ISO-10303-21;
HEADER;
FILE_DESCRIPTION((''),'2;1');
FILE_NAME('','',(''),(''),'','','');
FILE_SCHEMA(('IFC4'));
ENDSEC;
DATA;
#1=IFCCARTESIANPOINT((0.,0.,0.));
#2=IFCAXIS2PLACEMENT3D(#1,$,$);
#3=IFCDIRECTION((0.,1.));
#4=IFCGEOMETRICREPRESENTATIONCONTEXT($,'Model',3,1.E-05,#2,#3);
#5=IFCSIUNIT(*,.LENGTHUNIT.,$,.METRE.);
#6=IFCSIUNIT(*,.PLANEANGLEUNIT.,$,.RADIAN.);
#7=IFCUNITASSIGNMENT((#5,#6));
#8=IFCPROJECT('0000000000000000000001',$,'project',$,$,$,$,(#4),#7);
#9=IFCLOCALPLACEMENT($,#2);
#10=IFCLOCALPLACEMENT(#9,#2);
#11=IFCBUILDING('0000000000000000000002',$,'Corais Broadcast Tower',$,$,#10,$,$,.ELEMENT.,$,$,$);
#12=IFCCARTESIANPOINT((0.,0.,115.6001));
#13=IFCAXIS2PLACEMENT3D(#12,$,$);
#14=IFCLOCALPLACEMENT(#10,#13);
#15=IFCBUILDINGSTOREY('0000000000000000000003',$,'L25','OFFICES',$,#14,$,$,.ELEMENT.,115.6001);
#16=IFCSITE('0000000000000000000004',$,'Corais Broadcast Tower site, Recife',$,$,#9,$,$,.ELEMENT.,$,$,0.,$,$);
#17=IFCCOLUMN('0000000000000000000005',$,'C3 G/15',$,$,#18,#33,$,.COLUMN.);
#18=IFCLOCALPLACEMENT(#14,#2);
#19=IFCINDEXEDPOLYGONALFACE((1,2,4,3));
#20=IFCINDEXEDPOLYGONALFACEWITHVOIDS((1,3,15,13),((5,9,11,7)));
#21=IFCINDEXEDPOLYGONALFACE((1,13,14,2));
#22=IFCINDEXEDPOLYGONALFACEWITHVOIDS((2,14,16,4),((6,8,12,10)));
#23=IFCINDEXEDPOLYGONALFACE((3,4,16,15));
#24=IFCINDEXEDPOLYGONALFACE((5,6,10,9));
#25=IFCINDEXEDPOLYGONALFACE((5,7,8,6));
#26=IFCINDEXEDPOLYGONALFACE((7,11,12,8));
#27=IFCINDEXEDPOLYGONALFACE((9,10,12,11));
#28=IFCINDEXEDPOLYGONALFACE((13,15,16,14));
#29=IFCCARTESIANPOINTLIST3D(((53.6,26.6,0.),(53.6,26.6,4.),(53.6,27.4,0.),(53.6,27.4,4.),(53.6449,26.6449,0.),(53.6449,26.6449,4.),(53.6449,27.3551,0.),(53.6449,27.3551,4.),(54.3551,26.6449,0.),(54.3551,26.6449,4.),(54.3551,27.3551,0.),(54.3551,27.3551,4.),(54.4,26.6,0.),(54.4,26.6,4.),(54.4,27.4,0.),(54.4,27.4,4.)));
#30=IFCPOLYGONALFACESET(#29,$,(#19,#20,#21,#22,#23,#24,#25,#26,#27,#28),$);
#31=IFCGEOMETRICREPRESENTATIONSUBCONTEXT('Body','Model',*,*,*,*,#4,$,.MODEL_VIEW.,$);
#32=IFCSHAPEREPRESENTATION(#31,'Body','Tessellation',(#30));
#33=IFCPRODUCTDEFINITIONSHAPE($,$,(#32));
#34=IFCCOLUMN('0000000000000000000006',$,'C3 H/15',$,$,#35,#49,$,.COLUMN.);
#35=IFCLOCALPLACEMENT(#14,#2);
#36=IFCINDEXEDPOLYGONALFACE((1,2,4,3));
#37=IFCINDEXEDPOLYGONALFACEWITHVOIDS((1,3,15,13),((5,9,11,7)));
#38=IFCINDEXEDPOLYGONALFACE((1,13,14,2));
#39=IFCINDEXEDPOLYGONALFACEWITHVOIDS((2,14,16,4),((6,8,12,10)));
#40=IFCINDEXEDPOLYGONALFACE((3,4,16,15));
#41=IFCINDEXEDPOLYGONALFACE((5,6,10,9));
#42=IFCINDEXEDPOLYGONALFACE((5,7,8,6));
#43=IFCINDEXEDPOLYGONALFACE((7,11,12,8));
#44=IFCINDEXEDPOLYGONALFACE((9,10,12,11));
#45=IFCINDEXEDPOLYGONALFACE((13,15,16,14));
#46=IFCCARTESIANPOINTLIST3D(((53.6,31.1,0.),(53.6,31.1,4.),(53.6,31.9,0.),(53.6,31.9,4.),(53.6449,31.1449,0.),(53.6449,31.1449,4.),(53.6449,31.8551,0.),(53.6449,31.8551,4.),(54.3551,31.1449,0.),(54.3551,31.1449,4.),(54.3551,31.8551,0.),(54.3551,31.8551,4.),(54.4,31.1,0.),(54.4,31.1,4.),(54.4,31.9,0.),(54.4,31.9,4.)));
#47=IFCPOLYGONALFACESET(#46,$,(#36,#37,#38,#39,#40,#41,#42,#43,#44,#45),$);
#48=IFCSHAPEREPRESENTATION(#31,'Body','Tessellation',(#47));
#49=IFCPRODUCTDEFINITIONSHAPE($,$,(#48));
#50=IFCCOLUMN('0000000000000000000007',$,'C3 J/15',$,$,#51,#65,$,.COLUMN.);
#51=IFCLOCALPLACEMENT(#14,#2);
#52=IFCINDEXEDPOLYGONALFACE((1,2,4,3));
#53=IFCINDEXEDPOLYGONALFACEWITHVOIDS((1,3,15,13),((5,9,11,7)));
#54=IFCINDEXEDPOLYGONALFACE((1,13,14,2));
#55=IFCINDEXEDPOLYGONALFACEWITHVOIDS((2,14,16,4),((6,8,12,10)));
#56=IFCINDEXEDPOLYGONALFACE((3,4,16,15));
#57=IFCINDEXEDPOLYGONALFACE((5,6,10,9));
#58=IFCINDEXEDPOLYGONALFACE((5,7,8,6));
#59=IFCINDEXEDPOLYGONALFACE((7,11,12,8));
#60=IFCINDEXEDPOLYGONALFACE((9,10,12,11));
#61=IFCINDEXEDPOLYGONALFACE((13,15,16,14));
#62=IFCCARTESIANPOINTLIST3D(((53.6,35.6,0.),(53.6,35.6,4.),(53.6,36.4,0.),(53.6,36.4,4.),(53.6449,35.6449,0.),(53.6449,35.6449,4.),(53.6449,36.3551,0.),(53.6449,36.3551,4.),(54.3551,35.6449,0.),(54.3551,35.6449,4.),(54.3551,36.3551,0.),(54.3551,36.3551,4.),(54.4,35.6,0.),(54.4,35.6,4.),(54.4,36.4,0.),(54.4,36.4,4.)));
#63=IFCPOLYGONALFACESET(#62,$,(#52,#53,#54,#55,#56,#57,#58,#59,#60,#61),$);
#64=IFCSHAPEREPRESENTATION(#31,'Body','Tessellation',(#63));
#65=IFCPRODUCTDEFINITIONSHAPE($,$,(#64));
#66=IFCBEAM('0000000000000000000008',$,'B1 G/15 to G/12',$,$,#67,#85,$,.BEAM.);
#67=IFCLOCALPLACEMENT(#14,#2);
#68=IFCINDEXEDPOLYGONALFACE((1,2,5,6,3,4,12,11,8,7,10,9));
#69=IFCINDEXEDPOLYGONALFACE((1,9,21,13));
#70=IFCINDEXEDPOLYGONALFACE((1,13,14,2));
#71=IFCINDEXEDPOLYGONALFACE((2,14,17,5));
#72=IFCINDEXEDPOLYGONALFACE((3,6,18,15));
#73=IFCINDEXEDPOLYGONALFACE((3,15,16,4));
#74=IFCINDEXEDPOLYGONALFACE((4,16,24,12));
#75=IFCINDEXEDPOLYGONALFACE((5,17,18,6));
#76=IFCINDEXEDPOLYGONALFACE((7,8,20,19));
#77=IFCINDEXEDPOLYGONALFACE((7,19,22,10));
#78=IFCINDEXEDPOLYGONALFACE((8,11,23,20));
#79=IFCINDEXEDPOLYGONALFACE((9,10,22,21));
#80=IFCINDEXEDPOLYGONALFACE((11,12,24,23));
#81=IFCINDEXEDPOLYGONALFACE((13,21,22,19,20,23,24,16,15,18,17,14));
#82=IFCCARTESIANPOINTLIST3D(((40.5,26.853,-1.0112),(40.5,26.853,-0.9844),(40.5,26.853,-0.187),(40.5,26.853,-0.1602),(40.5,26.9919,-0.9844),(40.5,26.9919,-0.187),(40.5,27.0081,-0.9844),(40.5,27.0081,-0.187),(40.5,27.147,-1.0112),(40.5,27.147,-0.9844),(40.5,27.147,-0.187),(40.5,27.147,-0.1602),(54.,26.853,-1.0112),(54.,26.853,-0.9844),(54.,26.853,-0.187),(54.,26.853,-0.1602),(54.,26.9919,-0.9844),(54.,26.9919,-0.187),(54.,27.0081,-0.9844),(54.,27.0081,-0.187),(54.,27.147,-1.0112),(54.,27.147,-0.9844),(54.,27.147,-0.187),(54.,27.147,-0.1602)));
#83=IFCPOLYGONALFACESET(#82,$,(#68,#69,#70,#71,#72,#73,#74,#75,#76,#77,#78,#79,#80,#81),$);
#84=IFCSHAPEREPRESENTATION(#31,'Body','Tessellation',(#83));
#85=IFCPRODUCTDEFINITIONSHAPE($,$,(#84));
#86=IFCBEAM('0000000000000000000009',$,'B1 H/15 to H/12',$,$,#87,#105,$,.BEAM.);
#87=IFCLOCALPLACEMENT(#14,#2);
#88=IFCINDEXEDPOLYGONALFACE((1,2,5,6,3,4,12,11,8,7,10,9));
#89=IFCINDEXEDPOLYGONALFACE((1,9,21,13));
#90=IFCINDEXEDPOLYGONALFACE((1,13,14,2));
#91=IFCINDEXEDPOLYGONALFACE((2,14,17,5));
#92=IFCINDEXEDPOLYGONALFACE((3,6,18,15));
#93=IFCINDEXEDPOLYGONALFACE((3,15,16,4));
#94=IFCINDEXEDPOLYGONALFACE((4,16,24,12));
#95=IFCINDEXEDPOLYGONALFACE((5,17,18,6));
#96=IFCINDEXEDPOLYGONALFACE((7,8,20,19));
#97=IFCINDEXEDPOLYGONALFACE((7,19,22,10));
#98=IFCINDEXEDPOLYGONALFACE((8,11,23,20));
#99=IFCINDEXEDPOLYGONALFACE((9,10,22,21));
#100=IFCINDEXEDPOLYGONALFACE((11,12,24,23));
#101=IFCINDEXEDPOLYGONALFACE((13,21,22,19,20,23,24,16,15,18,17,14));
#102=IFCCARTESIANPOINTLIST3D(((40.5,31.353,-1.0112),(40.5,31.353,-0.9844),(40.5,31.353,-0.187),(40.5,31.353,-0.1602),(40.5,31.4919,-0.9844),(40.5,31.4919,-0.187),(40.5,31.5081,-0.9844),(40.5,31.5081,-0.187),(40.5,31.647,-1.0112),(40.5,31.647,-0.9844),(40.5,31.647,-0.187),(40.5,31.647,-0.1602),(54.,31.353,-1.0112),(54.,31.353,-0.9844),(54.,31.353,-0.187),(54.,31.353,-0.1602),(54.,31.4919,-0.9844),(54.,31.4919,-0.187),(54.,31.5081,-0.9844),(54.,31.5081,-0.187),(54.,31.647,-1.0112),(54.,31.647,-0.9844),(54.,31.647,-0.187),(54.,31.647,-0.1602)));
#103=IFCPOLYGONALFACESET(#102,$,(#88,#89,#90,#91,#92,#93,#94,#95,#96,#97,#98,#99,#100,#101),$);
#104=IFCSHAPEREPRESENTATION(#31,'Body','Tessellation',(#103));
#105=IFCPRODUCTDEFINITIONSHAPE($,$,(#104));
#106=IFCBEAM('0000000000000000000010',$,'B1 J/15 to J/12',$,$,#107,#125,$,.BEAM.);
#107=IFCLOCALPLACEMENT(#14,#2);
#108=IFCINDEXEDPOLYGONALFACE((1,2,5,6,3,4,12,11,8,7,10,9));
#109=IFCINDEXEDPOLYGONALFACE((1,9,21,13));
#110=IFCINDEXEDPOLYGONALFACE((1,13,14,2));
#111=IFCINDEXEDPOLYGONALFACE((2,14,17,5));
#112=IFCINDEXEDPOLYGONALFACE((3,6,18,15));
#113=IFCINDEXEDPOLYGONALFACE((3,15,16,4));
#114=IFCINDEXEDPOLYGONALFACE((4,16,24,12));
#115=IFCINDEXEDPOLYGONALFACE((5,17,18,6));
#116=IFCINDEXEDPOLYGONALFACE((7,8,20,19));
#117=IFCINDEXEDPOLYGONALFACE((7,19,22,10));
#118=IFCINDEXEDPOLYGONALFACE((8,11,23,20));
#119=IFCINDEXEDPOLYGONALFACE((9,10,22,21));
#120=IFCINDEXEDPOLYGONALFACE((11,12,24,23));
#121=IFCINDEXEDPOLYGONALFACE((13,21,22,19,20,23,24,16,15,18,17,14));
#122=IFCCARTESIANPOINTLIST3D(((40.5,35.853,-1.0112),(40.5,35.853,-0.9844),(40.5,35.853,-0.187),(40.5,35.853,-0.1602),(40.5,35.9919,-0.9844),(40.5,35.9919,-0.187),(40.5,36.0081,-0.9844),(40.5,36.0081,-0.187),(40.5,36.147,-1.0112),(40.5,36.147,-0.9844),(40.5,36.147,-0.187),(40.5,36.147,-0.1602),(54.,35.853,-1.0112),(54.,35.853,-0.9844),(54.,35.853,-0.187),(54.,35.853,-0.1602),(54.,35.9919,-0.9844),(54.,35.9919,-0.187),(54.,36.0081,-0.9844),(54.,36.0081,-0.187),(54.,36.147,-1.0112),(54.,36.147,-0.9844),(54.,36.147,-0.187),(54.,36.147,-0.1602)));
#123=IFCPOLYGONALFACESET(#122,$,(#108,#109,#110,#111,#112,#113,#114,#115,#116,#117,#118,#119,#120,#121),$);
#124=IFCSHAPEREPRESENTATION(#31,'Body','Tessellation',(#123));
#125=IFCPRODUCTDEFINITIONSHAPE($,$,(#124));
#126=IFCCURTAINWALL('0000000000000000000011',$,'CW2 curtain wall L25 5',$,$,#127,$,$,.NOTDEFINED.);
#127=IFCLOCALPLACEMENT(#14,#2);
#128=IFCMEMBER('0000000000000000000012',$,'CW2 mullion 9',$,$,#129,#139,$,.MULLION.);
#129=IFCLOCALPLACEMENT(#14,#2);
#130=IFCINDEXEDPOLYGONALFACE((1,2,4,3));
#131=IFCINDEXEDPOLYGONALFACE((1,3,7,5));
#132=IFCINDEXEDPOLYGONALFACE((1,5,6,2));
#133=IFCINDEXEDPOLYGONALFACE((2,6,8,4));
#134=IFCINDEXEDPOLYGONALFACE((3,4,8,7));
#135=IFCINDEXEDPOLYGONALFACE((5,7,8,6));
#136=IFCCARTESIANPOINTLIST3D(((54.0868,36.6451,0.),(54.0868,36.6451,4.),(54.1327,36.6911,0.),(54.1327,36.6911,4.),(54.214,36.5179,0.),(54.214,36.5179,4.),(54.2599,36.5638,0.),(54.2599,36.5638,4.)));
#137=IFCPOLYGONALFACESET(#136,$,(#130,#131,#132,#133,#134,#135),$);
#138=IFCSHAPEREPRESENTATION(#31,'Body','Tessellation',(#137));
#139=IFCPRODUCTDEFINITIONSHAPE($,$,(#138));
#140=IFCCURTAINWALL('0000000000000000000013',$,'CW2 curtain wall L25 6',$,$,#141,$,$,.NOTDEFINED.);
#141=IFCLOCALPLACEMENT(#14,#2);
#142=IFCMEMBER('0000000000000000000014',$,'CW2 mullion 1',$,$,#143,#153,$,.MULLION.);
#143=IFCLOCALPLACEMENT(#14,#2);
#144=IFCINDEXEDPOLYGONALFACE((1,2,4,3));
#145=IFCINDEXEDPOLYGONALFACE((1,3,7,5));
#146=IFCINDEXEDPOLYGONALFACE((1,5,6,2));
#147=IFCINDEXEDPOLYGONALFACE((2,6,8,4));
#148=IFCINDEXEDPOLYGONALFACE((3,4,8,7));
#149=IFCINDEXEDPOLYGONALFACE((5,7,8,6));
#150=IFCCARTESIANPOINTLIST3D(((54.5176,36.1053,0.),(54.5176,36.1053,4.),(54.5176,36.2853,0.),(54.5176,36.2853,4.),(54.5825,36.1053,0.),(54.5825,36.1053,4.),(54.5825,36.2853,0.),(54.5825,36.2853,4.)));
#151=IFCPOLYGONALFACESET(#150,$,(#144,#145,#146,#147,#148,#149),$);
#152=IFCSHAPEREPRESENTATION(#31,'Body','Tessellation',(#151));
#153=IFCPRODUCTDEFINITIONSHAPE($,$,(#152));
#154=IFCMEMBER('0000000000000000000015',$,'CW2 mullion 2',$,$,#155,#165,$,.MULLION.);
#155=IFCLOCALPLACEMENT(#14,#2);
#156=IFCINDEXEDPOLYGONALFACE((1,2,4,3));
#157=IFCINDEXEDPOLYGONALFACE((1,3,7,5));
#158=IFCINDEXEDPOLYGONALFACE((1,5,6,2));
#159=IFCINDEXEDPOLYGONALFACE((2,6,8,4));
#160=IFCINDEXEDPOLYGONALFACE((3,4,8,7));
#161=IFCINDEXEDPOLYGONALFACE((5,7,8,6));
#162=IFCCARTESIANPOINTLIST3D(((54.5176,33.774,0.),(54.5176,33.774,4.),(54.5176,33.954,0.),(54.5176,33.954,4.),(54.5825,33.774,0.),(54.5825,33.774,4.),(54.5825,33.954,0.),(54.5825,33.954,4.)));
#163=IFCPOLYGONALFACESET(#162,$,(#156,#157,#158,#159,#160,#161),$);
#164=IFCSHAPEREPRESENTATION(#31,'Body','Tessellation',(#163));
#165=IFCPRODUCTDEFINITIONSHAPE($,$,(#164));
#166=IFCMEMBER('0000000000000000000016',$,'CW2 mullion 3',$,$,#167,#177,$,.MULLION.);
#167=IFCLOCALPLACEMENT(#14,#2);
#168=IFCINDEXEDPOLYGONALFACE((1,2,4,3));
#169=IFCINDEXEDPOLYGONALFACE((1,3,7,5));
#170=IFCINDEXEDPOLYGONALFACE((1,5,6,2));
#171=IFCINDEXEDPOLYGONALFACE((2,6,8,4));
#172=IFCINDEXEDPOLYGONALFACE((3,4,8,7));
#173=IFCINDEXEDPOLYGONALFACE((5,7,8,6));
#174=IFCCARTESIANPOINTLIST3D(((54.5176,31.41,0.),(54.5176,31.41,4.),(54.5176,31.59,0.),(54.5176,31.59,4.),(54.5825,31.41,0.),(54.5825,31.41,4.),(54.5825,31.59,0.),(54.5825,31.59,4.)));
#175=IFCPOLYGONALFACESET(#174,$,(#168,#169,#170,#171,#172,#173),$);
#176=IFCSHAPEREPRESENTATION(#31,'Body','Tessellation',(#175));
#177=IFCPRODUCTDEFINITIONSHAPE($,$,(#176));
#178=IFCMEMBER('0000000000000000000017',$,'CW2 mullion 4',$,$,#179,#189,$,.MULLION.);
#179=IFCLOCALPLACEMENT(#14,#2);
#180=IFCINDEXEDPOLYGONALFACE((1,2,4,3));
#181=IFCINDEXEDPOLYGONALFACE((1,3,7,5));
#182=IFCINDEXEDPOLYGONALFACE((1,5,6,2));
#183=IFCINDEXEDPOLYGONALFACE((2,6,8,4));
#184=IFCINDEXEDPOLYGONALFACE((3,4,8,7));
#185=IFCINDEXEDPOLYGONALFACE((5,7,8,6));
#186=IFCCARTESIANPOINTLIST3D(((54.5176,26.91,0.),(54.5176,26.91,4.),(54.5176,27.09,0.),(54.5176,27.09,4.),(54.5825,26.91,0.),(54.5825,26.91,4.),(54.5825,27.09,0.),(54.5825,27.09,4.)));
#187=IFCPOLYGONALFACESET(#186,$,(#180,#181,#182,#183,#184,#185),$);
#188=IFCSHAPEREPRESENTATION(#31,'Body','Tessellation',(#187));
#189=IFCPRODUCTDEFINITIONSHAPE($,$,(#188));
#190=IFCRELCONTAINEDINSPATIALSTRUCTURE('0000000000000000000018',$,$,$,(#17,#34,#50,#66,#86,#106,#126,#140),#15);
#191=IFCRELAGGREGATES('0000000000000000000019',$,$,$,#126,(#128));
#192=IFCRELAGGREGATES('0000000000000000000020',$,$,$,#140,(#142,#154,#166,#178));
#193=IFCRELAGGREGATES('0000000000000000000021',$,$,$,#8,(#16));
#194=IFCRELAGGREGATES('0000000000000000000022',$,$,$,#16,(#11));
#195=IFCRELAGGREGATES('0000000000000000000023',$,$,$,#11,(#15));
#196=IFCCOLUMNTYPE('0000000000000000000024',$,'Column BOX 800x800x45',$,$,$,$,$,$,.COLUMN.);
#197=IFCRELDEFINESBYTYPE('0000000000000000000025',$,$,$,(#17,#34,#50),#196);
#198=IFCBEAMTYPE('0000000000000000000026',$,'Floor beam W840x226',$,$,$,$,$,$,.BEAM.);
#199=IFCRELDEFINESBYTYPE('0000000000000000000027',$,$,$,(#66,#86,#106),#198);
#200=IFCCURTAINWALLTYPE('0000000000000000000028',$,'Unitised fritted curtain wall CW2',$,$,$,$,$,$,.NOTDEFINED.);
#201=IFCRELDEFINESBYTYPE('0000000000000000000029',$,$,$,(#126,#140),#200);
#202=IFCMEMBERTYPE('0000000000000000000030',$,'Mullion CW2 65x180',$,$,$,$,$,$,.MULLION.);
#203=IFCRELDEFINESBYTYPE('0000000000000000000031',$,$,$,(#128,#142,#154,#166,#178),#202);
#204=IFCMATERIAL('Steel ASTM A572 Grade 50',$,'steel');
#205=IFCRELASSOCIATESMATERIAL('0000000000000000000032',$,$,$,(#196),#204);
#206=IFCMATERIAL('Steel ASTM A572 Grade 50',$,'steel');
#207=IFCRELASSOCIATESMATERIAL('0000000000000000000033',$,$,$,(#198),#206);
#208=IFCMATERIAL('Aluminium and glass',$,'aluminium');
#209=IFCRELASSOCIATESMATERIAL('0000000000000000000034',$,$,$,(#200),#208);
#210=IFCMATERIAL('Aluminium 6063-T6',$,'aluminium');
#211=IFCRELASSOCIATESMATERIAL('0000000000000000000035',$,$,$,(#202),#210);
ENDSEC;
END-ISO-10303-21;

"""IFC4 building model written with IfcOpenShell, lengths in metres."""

from ifc_helpers import new_model, si_unit, direction, frame, origin, origin_2d, place, context, subcontext, project, spatial, rectangle, hollow_rectangle, i_section, extrude, material, material_profile, profile_set, type_object, element, aggregate, save


model = new_model("IFC4")

# Units and contexts
model_context = context("Model", 3, precision=1e-05, world=origin(), true_north=direction((0.0, 1.0)))
body_context = subcontext(model_context, "Body", "Model", "MODEL_VIEW")
ifc_project = project(units=[si_unit("LENGTHUNIT", "METRE"), si_unit("PLANEANGLEUNIT", "RADIAN")], contexts=[model_context])

# Site, building, storey
site_placement = place(None, origin())
site = spatial("IfcSite", under=ifc_project, at=site_placement, Name="Corais Broadcast Tower site, Recife", CompositionType="ELEMENT", RefElevation=0.0)
building_placement = place(site_placement, origin())
building = spatial("IfcBuilding", under=site, at=building_placement, Name="Corais Broadcast Tower", CompositionType="ELEMENT")
storey_placement = place(building_placement, frame((0.0, 0.0, 115.6001)))
storey = spatial("IfcBuildingStorey", under=building, at=storey_placement, Name="L25", Description="OFFICES", CompositionType="ELEMENT", Elevation=115.6001)

# Columns
ifc_material_1 = material(Name="Steel ASTM A572 Grade 50", Category="steel")
ifc_material_profile_1 = material_profile(ifc_material_1, hollow_rectangle(XDim=0.8, YDim=0.8, WallThickness=0.0449, at=origin_2d()), Name="BOX 800x800x45")
ifc_profile_set_1 = profile_set([ifc_material_profile_1], Name="Steel ASTM A572 Grade 50")
column_type = type_object("IfcColumnType", Name="Column BOX 800x800x45", PredefinedType="COLUMN", material=ifc_profile_set_1)
for number, where, z_axis, x_axis, name in (
    (1, (54.0, 27.0, 0.0), (0.0, 0.0, 1.0), (1.0, 0.0, 0.0), "C3 G/15"),
    (2, (54.0, 31.5, 0.0), (0.0, 0.0, 1.0), (1.0, 0.0, 0.0), "C3 H/15"),
    (3, (54.0, 36.0, 0.0), (0.0, 0.0, 1.0), (1.0, 0.0, 0.0), "C3 J/15"),
):
    element("IfcColumn", number, at=place(storey_placement, frame(where, z_axis=z_axis, x_axis=x_axis)), inside=storey, type_object=column_type, Name=name, PredefinedType="COLUMN", context=body_context, shape_type="SweptSolid", body=[
        extrude(hollow_rectangle(XDim=0.8, YDim=0.8, WallThickness=0.0449, at=origin_2d()), origin(), (0.0, 0.0, 1.0), 4.0),
    ])

# Beams
ifc_material_2 = material(Name="Steel ASTM A572 Grade 50", Category="steel")
ifc_material_profile_2 = material_profile(ifc_material_2, i_section(OverallWidth=0.2939, OverallDepth=0.8511, WebThickness=0.0161, FlangeThickness=0.0269, at=origin_2d()), Name="W840x226")
ifc_profile_set_2 = profile_set([ifc_material_profile_2], Name="Steel ASTM A572 Grade 50")
beam_type_1 = type_object("IfcBeamType", Name="Floor beam W840x226", PredefinedType="BEAM", material=ifc_profile_set_2)
for number, where, z_axis, x_axis, name in (
    (4, (54.0, 27.0, -0.5857), (-1.0, 0.0, 0.0), (0.0, -1.0, 0.0), "B1 G/15 to G/12"),
    (5, (54.0, 31.5, -0.5857), (-1.0, 0.0, 0.0), (0.0, -1.0, 0.0), "B1 H/15 to H/12"),
    (6, (54.0, 36.0, -0.5857), (-1.0, 0.0, 0.0), (0.0, -1.0, 0.0), "B1 J/15 to J/12"),
):
    element("IfcBeam", number, at=place(storey_placement, frame(where, z_axis=z_axis, x_axis=x_axis)), inside=storey, type_object=beam_type_1, Name=name, PredefinedType="BEAM", context=body_context, shape_type="SweptSolid", body=[
        extrude(i_section(OverallWidth=0.2939, OverallDepth=0.8511, WebThickness=0.0161, FlangeThickness=0.0269, at=origin_2d()), origin(), (0.0, 0.0, 1.0), 13.5),
    ])

# Curtain wall, member
ifc_material_3 = material(Name="Aluminium and glass", Category="aluminium")
curtain_wall_type = type_object("IfcCurtainWallType", Name="Unitised fritted curtain wall CW2", PredefinedType="NOTDEFINED", material=ifc_material_3)
curtain_wall_1_placement = place(storey_placement, origin())
curtain_wall_1 = element("IfcCurtainWall", 7, at=curtain_wall_1_placement, inside=storey, type_object=curtain_wall_type, Name="CW2 curtain wall L25 5", PredefinedType="NOTDEFINED")
ifc_material_4 = material(Name="Aluminium 6063-T6", Category="aluminium")
ifc_material_profile_3 = material_profile(ifc_material_4, rectangle(XDim=0.0649, YDim=0.1799, at=origin_2d()), Name="Mullion CW2 65x180")
ifc_profile_set_3 = profile_set([ifc_material_profile_3], Name="Aluminium 6063-T6")
member_type_1 = type_object("IfcMemberType", Name="Mullion CW2 65x180", PredefinedType="MULLION", material=ifc_profile_set_3)
member_1_placement = place(storey_placement, frame((54.1733, 36.6045, 0.0), z_axis=(0.0, 0.0, 1.0), x_axis=(0.707107, 0.707107, 0.0)))
member_1 = element("IfcMember", 8, at=member_1_placement, type_object=member_type_1, Name="CW2 mullion 9", PredefinedType="MULLION", context=body_context, shape_type="SweptSolid", body=[
    extrude(rectangle(XDim=0.0649, YDim=0.1799, at=origin_2d()), origin(), (0.0, 0.0, 1.0), 4.0),
])
aggregate(curtain_wall_1, [member_1])

# Curtain wall, members
curtain_wall_2_placement = place(storey_placement, origin())
curtain_wall_2 = element("IfcCurtainWall", 9, at=curtain_wall_2_placement, inside=storey, type_object=curtain_wall_type, Name="CW2 curtain wall L25 6", PredefinedType="NOTDEFINED")
member_2_placement = place(storey_placement, frame((54.55, 36.1953, 0.0), z_axis=(0.0, 0.0, 1.0), x_axis=(1.0, 0.0, 0.0)))
member_2 = element("IfcMember", 10, at=member_2_placement, type_object=member_type_1, Name="CW2 mullion 1", PredefinedType="MULLION", context=body_context, shape_type="SweptSolid", body=[
    extrude(rectangle(XDim=0.0649, YDim=0.1799, at=origin_2d()), origin(), (0.0, 0.0, 1.0), 4.0),
])
member_3_placement = place(storey_placement, frame((54.55, 33.864, 0.0), z_axis=(0.0, 0.0, 1.0), x_axis=(1.0, 0.0, 0.0)))
member_3 = element("IfcMember", 11, at=member_3_placement, type_object=member_type_1, Name="CW2 mullion 2", PredefinedType="MULLION", context=body_context, shape_type="SweptSolid", body=[
    extrude(rectangle(XDim=0.0649, YDim=0.1799, at=origin_2d()), origin(), (0.0, 0.0, 1.0), 4.0),
])
member_4_placement = place(storey_placement, frame((54.55, 31.5, 0.0), z_axis=(0.0, 0.0, 1.0), x_axis=(1.0, 0.0, 0.0)))
member_4 = element("IfcMember", 12, at=member_4_placement, type_object=member_type_1, Name="CW2 mullion 3", PredefinedType="MULLION", context=body_context, shape_type="SweptSolid", body=[
    extrude(rectangle(XDim=0.0649, YDim=0.1799, at=origin_2d()), origin(), (0.0, 0.0, 1.0), 4.0),
])
member_5_placement = place(storey_placement, frame((54.55, 27.0, 0.0), z_axis=(0.0, 0.0, 1.0), x_axis=(1.0, 0.0, 0.0)))
member_5 = element("IfcMember", 13, at=member_5_placement, type_object=member_type_1, Name="CW2 mullion 4", PredefinedType="MULLION", context=body_context, shape_type="SweptSolid", body=[
    extrude(rectangle(XDim=0.0649, YDim=0.1799, at=origin_2d()), origin(), (0.0, 0.0, 1.0), 4.0),
])

aggregate(curtain_wall_2, [member_2, member_3, member_4, member_5])

save(model, "model.ifc")
